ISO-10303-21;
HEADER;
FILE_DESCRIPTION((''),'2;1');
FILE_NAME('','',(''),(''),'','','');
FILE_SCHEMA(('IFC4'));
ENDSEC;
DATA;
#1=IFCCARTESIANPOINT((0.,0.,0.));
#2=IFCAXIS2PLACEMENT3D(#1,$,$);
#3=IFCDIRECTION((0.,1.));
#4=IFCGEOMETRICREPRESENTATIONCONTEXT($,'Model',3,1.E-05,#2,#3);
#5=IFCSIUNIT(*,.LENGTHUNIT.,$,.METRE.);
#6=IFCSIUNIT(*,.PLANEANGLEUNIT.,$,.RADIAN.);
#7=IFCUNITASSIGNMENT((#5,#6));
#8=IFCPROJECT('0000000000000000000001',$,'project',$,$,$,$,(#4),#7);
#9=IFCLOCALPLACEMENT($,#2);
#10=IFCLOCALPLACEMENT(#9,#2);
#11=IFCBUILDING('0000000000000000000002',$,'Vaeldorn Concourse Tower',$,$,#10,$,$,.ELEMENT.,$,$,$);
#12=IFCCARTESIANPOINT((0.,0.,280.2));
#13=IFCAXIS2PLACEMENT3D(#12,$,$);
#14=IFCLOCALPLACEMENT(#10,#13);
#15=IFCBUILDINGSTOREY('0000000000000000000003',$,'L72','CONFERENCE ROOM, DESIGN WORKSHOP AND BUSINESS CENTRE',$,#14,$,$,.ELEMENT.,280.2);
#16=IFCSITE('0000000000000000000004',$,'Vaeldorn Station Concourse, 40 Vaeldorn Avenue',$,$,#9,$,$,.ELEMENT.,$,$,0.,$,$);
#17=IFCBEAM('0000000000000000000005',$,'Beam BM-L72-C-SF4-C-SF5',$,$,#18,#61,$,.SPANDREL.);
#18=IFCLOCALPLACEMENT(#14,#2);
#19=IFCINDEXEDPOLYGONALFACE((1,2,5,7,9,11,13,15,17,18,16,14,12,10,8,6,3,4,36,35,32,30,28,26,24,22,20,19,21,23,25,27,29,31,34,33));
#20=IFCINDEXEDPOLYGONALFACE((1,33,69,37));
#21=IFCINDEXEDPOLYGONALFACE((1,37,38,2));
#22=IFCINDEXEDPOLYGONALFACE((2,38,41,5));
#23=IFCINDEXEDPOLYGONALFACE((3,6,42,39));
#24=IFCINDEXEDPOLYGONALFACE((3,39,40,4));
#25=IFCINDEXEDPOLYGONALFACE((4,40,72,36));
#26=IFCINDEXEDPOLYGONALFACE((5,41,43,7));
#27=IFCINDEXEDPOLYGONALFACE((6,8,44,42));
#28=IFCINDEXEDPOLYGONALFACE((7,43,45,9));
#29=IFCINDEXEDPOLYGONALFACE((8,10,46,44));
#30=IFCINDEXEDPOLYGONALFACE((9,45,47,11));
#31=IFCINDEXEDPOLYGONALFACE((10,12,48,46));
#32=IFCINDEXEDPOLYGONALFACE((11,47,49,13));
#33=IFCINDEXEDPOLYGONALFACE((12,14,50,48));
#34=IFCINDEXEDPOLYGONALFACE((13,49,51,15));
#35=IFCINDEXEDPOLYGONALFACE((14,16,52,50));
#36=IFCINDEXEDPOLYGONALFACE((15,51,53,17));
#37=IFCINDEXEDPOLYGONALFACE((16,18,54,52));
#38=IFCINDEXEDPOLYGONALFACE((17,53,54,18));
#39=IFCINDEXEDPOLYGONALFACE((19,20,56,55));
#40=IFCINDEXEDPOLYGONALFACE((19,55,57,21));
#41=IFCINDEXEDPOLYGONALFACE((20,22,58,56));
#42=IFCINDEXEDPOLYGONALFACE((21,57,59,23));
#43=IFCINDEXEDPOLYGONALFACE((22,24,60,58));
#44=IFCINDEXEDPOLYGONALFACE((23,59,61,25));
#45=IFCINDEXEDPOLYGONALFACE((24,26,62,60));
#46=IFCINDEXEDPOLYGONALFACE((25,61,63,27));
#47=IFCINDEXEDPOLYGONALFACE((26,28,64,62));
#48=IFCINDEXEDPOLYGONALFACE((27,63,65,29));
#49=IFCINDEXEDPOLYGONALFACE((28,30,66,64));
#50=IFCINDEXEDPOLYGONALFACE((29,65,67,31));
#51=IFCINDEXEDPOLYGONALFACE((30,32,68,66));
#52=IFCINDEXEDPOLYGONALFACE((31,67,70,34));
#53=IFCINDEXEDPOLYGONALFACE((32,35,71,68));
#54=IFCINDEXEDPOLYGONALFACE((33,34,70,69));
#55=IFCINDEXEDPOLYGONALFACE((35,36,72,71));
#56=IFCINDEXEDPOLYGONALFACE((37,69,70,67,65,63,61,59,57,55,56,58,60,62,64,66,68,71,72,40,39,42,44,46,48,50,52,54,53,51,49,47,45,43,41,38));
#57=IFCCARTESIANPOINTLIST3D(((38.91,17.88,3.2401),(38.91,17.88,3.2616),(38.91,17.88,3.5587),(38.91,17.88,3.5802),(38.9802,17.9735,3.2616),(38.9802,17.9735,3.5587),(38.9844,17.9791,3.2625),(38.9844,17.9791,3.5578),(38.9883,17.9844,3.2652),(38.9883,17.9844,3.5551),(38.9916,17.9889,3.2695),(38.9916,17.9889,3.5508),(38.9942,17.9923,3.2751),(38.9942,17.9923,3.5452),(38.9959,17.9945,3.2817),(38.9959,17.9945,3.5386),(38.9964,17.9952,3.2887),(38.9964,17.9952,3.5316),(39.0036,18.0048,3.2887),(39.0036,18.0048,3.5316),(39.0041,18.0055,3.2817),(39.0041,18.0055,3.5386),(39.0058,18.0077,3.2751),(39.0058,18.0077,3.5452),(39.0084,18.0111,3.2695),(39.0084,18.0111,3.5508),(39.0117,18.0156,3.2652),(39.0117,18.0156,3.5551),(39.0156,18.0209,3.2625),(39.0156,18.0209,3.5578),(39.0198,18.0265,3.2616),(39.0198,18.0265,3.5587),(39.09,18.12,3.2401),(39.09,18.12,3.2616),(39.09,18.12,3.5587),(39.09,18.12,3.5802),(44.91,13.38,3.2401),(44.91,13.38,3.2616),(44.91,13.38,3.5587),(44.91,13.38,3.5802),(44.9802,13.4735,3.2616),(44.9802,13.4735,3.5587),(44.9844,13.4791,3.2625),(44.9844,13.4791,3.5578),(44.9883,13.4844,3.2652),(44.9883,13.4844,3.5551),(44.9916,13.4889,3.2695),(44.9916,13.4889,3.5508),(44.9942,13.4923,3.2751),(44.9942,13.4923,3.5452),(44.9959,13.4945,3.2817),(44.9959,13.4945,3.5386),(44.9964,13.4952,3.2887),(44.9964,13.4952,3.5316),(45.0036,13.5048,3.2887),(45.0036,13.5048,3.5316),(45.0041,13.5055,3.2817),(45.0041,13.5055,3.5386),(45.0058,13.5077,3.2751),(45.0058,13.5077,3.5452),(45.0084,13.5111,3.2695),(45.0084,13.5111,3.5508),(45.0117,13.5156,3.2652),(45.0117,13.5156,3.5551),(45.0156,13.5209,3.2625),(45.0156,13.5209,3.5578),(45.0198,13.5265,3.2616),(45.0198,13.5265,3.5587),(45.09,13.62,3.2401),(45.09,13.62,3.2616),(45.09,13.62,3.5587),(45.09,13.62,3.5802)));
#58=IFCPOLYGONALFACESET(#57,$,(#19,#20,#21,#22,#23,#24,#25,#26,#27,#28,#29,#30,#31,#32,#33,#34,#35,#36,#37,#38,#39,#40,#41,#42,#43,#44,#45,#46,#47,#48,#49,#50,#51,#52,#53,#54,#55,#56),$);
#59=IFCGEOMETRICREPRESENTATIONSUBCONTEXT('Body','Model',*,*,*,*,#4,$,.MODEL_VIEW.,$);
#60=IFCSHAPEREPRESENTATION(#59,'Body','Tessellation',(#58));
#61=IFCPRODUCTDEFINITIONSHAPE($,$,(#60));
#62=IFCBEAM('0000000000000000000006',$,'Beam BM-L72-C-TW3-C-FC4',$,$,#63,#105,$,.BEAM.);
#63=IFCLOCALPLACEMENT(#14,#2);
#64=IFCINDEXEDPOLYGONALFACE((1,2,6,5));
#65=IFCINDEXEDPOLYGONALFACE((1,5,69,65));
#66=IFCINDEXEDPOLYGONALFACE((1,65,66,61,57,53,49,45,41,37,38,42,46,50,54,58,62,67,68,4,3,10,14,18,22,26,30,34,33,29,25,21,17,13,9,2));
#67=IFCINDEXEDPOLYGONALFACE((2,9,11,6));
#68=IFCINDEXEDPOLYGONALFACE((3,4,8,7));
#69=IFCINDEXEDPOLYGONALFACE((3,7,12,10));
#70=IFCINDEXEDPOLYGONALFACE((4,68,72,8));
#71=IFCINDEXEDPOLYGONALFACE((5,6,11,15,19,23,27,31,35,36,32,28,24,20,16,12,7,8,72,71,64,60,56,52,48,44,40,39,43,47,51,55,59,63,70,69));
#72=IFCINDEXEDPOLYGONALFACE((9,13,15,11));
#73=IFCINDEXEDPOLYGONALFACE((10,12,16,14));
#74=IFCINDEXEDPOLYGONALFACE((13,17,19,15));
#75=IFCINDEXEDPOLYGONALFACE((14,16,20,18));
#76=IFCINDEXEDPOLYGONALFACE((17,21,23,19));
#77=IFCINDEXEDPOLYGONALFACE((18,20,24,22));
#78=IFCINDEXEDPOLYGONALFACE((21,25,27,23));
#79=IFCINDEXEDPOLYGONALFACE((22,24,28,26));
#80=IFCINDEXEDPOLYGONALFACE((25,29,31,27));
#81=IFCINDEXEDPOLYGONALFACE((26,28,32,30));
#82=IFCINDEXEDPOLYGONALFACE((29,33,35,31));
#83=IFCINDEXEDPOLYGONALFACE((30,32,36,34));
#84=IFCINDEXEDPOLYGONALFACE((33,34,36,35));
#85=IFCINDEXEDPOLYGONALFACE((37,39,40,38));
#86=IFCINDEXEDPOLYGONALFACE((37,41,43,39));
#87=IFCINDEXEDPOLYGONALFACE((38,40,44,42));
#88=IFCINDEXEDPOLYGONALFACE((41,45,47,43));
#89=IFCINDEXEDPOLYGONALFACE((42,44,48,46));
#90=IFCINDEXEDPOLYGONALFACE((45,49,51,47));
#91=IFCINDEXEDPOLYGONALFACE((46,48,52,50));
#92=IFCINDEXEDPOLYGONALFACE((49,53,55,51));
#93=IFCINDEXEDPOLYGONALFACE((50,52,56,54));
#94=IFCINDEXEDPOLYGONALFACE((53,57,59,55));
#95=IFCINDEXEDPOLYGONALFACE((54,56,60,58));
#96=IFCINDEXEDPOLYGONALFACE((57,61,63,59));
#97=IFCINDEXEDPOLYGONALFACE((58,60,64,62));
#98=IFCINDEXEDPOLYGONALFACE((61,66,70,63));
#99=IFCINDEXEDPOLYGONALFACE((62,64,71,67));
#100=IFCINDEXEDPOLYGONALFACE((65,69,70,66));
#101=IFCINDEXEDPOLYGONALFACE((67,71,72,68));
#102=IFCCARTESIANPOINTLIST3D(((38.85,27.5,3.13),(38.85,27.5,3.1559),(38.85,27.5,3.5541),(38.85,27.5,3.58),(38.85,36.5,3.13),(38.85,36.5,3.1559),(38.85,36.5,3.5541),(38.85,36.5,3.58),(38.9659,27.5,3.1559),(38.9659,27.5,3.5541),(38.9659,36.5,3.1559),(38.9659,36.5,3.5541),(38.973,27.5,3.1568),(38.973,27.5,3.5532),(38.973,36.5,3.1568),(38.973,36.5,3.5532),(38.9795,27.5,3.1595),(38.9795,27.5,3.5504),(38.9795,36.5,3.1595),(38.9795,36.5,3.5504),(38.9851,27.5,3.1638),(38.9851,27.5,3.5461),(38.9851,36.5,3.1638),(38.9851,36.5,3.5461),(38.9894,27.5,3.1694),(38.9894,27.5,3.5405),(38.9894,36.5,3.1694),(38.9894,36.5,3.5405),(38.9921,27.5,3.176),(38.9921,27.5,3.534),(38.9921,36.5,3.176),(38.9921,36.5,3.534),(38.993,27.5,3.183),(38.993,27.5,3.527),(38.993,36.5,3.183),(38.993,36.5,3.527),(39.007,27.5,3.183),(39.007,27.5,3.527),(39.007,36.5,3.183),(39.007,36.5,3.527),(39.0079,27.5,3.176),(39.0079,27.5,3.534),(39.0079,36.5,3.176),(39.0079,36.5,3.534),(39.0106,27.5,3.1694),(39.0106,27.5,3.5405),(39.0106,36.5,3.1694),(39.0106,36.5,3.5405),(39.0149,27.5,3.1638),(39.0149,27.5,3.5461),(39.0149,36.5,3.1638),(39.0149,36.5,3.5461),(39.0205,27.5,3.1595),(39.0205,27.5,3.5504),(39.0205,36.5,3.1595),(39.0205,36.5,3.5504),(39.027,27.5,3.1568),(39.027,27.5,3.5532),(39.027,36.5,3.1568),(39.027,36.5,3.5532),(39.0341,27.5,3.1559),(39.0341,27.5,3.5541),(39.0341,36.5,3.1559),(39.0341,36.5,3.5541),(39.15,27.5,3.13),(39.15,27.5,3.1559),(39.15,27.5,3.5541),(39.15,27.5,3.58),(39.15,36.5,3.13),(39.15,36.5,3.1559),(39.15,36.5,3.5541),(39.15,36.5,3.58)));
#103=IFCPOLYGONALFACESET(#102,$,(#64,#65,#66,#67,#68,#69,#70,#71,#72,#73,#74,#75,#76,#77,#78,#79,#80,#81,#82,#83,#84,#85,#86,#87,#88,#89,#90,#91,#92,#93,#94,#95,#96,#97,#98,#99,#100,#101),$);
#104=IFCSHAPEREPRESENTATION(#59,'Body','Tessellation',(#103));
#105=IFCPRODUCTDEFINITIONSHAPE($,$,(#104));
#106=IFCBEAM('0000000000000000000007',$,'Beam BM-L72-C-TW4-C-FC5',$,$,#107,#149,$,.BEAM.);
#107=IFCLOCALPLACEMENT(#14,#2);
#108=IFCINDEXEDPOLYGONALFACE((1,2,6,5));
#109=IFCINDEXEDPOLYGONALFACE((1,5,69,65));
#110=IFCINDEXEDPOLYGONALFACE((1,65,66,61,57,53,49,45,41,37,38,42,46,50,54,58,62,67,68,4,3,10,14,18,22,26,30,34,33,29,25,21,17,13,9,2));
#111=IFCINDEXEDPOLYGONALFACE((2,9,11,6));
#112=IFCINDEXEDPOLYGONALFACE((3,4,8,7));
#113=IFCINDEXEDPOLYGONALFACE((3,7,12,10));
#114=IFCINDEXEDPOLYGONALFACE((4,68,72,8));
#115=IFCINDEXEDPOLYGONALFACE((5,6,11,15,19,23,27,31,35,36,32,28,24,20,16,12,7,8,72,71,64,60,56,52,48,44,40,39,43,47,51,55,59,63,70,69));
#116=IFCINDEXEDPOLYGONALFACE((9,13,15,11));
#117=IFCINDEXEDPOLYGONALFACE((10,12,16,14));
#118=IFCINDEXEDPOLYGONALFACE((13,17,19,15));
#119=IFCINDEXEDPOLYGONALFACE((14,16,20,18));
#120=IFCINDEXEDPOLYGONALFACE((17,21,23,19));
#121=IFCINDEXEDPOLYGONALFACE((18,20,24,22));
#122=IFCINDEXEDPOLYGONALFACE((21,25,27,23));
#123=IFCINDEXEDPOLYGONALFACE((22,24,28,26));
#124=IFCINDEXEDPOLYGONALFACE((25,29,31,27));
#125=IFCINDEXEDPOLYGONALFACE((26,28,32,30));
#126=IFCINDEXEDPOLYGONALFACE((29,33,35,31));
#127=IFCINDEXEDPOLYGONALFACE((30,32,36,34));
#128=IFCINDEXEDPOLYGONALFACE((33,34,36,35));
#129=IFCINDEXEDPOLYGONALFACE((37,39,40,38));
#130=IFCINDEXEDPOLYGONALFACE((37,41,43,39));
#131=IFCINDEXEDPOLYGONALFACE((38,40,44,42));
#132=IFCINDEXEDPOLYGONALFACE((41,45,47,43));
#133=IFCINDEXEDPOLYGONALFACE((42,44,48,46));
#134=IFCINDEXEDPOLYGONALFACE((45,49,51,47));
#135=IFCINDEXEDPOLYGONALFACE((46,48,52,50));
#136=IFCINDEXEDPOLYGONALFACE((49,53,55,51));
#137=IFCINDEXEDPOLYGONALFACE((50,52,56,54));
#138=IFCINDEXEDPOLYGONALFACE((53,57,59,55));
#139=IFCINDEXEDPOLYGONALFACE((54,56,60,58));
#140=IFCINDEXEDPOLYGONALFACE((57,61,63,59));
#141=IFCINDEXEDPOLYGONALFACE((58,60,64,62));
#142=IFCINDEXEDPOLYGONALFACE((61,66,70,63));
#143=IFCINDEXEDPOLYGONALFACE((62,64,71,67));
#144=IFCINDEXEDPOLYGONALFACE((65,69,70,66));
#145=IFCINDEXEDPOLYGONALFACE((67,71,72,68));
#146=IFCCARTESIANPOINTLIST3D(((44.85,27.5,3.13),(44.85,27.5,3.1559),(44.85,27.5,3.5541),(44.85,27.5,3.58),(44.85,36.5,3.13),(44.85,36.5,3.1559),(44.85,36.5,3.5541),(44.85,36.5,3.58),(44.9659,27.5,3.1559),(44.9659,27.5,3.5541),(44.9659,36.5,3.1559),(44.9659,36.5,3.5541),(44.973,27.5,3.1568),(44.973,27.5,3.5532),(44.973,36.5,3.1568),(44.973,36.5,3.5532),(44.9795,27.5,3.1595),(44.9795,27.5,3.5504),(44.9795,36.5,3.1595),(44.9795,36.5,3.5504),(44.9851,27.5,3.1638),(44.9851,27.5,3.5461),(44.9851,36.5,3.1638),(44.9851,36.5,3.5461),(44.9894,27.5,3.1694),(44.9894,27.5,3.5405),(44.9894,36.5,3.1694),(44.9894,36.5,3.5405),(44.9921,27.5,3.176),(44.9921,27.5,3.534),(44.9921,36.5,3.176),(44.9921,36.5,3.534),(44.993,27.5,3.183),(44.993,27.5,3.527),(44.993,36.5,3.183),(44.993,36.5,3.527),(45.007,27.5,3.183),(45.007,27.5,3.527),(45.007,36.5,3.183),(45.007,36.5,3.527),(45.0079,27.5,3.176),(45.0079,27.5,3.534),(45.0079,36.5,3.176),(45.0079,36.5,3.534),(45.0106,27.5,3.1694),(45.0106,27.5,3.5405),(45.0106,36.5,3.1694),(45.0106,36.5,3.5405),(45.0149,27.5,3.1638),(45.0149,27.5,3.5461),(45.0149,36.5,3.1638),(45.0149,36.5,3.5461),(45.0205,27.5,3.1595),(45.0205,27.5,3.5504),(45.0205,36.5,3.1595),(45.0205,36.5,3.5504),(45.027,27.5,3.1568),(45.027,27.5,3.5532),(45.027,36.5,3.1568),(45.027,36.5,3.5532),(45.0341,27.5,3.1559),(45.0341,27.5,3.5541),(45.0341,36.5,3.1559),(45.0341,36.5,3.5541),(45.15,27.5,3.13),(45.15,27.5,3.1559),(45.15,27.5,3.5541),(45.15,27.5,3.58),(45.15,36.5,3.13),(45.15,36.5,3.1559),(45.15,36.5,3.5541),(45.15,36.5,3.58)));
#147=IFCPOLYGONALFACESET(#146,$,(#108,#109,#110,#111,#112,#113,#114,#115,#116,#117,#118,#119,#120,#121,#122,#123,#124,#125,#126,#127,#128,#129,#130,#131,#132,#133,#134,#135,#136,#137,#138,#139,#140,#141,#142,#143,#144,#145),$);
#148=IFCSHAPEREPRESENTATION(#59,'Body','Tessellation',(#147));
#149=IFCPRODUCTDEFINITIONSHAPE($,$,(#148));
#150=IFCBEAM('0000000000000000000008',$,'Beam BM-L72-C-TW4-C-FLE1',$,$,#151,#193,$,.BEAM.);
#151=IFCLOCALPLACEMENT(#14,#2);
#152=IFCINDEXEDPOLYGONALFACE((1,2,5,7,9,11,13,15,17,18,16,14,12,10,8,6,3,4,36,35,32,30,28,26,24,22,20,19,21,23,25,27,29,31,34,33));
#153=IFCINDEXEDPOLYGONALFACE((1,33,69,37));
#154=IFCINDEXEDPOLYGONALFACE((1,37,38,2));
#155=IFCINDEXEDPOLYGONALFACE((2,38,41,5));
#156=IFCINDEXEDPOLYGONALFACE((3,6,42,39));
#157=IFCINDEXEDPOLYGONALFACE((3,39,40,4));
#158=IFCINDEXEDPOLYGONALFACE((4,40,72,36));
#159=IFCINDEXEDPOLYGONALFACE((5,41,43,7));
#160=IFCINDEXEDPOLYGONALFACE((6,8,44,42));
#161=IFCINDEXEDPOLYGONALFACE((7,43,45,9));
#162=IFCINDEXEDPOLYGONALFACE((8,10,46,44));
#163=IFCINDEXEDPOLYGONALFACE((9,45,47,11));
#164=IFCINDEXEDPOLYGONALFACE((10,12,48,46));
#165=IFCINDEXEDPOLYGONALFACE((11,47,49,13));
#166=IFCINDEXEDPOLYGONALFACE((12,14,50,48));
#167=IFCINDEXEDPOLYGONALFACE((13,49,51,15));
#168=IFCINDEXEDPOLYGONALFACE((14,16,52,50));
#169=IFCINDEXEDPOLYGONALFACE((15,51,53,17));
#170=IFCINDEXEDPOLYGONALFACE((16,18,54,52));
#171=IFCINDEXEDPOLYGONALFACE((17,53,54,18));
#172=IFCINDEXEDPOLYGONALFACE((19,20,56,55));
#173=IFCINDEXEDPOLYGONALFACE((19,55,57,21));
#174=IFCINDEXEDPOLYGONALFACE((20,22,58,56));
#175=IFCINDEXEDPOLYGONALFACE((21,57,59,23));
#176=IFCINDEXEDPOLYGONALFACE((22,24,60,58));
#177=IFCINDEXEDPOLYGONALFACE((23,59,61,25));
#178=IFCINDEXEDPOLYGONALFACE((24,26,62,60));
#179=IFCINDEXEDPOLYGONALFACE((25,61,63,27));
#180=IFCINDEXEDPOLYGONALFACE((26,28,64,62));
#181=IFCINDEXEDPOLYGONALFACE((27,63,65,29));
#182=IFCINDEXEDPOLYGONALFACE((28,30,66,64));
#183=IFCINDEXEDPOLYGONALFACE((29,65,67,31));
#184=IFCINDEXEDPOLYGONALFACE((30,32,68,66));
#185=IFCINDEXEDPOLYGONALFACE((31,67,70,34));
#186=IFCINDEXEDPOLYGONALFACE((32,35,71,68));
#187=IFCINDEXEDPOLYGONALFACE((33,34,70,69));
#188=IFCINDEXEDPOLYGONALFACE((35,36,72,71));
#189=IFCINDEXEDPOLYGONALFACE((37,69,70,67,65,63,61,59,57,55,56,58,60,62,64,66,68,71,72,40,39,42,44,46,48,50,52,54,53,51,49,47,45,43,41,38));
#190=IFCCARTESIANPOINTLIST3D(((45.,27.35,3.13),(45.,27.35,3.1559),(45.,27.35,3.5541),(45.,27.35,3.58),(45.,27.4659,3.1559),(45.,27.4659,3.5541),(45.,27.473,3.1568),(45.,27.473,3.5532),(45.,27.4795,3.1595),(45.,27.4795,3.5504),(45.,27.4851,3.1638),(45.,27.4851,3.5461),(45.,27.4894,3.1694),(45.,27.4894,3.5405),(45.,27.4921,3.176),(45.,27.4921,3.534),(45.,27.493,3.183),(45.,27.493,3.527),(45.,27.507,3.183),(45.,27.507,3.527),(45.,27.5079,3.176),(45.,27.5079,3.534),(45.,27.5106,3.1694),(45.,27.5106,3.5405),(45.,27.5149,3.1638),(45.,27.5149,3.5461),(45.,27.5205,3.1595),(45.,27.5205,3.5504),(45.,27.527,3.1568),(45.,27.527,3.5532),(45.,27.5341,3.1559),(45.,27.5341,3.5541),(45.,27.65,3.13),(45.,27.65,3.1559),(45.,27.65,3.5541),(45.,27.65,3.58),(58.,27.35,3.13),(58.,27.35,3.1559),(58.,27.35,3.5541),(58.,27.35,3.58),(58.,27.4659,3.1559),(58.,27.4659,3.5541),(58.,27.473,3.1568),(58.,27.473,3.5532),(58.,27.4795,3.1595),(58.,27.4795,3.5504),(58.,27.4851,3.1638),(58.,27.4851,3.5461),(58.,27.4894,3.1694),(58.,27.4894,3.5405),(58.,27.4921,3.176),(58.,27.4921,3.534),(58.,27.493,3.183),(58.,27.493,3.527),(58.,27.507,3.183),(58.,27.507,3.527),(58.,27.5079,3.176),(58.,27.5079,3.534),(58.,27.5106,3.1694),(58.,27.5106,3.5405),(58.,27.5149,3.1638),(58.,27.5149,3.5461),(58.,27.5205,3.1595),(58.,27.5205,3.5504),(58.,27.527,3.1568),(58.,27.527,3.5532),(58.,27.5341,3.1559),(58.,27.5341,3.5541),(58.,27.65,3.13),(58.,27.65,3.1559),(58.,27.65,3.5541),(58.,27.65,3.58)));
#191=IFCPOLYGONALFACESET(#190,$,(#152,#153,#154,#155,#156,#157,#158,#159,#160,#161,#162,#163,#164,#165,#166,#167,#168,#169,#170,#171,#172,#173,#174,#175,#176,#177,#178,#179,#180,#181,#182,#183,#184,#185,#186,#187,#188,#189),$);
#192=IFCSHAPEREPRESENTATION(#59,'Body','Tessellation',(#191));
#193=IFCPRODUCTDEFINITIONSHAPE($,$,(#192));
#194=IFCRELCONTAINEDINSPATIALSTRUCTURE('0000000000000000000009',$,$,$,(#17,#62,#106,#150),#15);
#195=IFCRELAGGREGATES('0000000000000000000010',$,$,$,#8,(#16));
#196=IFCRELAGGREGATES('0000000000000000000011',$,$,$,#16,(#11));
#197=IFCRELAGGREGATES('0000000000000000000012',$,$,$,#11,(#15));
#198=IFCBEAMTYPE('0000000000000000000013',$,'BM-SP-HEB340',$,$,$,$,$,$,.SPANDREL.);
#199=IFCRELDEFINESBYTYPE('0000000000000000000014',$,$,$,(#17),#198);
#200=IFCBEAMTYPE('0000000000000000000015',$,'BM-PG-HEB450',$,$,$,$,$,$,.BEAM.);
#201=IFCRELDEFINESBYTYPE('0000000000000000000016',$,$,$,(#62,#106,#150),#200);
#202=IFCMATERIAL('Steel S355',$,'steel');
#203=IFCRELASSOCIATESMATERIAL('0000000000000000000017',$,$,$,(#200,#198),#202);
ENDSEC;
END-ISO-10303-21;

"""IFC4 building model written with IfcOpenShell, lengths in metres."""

from ifc_helpers import new_model, si_unit, direction, frame, origin, origin_2d, place, context, subcontext, project, spatial, i_section, extrude, source, transform, mapped, material, material_profile, profile_set, type_object, element, save


model = new_model("IFC4")

# Units and contexts
model_context = context("Model", 3, precision=1e-05, world=origin(), true_north=direction((0.0, 1.0)))
body_context = subcontext(model_context, "Body", "Model", "MODEL_VIEW")
ifc_project = project(units=[si_unit("LENGTHUNIT", "METRE"), si_unit("PLANEANGLEUNIT", "RADIAN")], contexts=[model_context])

# Site, building, storey
site_placement = place(None, origin())
site = spatial("IfcSite", under=ifc_project, at=site_placement, Name="Vaeldorn Station Concourse, 40 Vaeldorn Avenue", CompositionType="ELEMENT", RefElevation=0.0)
building_placement = place(site_placement, origin())
building = spatial("IfcBuilding", under=site, at=building_placement, Name="Vaeldorn Concourse Tower", CompositionType="ELEMENT")
storey_placement = place(building_placement, frame((0.0, 0.0, 280.2)))
storey = spatial("IfcBuildingStorey", under=building, at=storey_placement, Name="L72", Description="CONFERENCE ROOM, DESIGN WORKSHOP AND BUSINESS CENTRE", CompositionType="ELEMENT", Elevation=280.2)

# Shared definitions
ifc_material_1 = material(Name="Steel S355", Category="steel")

# Beams
ifc_material_profile_1 = material_profile(ifc_material_1, i_section(OverallWidth=0.3, OverallDepth=0.45, WebThickness=0.0139, FlangeThickness=0.0259, FilletRadius=0.0271, at=origin_2d()), Name="HEB 450")
ifc_profile_set_1 = profile_set([ifc_material_profile_1], Name="Steel S355")
beam_type_1 = type_object("IfcBeamType", Name="BM-PG-HEB450", PredefinedType="BEAM", material=ifc_profile_set_1)
ifc_material_profile_2 = material_profile(ifc_material_1, i_section(OverallWidth=0.3, OverallDepth=0.3401, WebThickness=0.012, FlangeThickness=0.0215, FilletRadius=0.0271, at=origin_2d()), Name="HEB 340")
ifc_profile_set_2 = profile_set([ifc_material_profile_2], Name="Steel S355")
beam_type_2 = type_object("IfcBeamType", Name="BM-SP-HEB340", PredefinedType="SPANDREL", material=ifc_profile_set_2)
shared_shape_1 = source(origin(), body_context, "Body", "SweptSolid", [
    extrude(i_section(OverallWidth=0.3, OverallDepth=0.3401, WebThickness=0.012, FlangeThickness=0.0215, FilletRadius=0.0271, at=origin_2d()), origin(), (0.0, 0.0, 1.0), 7.5),
])
beam_1_placement = place(storey_placement, frame((39.0, 18.0, 3.4102), z_axis=(0.8, -0.6, 0.0), x_axis=(0.6, 0.8, 0.0)))
element("IfcBeam", 1, at=beam_1_placement, inside=storey, type_object=beam_type_2, Name="Beam BM-L72-C-SF4-C-SF5", PredefinedType="SPANDREL", context=body_context, shape_type="MappedRepresentation", body=[
    mapped(shared_shape_1, transform((0.0, 0.0, 0.0), scale=1.0)),
])
shared_shape_2 = source(origin(), body_context, "Body", "SweptSolid", [
    extrude(i_section(OverallWidth=0.3, OverallDepth=0.45, WebThickness=0.0139, FlangeThickness=0.0259, FilletRadius=0.0271, at=origin_2d()), origin(), (0.0, 0.0, 1.0), 9.0),
])
for number, where, z_axis, x_axis, name in (
    (2, (39.0, 27.5, 3.355), (0.0, 1.0, 0.0), (-1.0, 0.0, 0.0), "Beam BM-L72-C-TW3-C-FC4"),
    (3, (45.0, 27.5, 3.355), (0.0, 1.0, 0.0), (-1.0, 0.0, 0.0), "Beam BM-L72-C-TW4-C-FC5"),
):
    element("IfcBeam", number, at=place(storey_placement, frame(where, z_axis=z_axis, x_axis=x_axis)), inside=storey, type_object=beam_type_1, Name=name, PredefinedType="BEAM", context=body_context, shape_type="MappedRepresentation", body=[
        mapped(shared_shape_2, transform((0.0, 0.0, 0.0), scale=1.0)),
    ])
shared_shape_3 = source(origin(), body_context, "Body", "SweptSolid", [
    extrude(i_section(OverallWidth=0.3, OverallDepth=0.45, WebThickness=0.0139, FlangeThickness=0.0259, FilletRadius=0.0271, at=origin_2d()), origin(), (0.0, 0.0, 1.0), 13.0),
])
beam_2_placement = place(storey_placement, frame((45.0, 27.5, 3.355), z_axis=(1.0, 0.0, 0.0), x_axis=(0.0, 1.0, 0.0)))
element("IfcBeam", 4, at=beam_2_placement, inside=storey, type_object=beam_type_1, Name="Beam BM-L72-C-TW4-C-FLE1", PredefinedType="BEAM", context=body_context, shape_type="MappedRepresentation", body=[
    mapped(shared_shape_3, transform((0.0, 0.0, 0.0), scale=1.0)),
])

save(model, "model.ifc")
